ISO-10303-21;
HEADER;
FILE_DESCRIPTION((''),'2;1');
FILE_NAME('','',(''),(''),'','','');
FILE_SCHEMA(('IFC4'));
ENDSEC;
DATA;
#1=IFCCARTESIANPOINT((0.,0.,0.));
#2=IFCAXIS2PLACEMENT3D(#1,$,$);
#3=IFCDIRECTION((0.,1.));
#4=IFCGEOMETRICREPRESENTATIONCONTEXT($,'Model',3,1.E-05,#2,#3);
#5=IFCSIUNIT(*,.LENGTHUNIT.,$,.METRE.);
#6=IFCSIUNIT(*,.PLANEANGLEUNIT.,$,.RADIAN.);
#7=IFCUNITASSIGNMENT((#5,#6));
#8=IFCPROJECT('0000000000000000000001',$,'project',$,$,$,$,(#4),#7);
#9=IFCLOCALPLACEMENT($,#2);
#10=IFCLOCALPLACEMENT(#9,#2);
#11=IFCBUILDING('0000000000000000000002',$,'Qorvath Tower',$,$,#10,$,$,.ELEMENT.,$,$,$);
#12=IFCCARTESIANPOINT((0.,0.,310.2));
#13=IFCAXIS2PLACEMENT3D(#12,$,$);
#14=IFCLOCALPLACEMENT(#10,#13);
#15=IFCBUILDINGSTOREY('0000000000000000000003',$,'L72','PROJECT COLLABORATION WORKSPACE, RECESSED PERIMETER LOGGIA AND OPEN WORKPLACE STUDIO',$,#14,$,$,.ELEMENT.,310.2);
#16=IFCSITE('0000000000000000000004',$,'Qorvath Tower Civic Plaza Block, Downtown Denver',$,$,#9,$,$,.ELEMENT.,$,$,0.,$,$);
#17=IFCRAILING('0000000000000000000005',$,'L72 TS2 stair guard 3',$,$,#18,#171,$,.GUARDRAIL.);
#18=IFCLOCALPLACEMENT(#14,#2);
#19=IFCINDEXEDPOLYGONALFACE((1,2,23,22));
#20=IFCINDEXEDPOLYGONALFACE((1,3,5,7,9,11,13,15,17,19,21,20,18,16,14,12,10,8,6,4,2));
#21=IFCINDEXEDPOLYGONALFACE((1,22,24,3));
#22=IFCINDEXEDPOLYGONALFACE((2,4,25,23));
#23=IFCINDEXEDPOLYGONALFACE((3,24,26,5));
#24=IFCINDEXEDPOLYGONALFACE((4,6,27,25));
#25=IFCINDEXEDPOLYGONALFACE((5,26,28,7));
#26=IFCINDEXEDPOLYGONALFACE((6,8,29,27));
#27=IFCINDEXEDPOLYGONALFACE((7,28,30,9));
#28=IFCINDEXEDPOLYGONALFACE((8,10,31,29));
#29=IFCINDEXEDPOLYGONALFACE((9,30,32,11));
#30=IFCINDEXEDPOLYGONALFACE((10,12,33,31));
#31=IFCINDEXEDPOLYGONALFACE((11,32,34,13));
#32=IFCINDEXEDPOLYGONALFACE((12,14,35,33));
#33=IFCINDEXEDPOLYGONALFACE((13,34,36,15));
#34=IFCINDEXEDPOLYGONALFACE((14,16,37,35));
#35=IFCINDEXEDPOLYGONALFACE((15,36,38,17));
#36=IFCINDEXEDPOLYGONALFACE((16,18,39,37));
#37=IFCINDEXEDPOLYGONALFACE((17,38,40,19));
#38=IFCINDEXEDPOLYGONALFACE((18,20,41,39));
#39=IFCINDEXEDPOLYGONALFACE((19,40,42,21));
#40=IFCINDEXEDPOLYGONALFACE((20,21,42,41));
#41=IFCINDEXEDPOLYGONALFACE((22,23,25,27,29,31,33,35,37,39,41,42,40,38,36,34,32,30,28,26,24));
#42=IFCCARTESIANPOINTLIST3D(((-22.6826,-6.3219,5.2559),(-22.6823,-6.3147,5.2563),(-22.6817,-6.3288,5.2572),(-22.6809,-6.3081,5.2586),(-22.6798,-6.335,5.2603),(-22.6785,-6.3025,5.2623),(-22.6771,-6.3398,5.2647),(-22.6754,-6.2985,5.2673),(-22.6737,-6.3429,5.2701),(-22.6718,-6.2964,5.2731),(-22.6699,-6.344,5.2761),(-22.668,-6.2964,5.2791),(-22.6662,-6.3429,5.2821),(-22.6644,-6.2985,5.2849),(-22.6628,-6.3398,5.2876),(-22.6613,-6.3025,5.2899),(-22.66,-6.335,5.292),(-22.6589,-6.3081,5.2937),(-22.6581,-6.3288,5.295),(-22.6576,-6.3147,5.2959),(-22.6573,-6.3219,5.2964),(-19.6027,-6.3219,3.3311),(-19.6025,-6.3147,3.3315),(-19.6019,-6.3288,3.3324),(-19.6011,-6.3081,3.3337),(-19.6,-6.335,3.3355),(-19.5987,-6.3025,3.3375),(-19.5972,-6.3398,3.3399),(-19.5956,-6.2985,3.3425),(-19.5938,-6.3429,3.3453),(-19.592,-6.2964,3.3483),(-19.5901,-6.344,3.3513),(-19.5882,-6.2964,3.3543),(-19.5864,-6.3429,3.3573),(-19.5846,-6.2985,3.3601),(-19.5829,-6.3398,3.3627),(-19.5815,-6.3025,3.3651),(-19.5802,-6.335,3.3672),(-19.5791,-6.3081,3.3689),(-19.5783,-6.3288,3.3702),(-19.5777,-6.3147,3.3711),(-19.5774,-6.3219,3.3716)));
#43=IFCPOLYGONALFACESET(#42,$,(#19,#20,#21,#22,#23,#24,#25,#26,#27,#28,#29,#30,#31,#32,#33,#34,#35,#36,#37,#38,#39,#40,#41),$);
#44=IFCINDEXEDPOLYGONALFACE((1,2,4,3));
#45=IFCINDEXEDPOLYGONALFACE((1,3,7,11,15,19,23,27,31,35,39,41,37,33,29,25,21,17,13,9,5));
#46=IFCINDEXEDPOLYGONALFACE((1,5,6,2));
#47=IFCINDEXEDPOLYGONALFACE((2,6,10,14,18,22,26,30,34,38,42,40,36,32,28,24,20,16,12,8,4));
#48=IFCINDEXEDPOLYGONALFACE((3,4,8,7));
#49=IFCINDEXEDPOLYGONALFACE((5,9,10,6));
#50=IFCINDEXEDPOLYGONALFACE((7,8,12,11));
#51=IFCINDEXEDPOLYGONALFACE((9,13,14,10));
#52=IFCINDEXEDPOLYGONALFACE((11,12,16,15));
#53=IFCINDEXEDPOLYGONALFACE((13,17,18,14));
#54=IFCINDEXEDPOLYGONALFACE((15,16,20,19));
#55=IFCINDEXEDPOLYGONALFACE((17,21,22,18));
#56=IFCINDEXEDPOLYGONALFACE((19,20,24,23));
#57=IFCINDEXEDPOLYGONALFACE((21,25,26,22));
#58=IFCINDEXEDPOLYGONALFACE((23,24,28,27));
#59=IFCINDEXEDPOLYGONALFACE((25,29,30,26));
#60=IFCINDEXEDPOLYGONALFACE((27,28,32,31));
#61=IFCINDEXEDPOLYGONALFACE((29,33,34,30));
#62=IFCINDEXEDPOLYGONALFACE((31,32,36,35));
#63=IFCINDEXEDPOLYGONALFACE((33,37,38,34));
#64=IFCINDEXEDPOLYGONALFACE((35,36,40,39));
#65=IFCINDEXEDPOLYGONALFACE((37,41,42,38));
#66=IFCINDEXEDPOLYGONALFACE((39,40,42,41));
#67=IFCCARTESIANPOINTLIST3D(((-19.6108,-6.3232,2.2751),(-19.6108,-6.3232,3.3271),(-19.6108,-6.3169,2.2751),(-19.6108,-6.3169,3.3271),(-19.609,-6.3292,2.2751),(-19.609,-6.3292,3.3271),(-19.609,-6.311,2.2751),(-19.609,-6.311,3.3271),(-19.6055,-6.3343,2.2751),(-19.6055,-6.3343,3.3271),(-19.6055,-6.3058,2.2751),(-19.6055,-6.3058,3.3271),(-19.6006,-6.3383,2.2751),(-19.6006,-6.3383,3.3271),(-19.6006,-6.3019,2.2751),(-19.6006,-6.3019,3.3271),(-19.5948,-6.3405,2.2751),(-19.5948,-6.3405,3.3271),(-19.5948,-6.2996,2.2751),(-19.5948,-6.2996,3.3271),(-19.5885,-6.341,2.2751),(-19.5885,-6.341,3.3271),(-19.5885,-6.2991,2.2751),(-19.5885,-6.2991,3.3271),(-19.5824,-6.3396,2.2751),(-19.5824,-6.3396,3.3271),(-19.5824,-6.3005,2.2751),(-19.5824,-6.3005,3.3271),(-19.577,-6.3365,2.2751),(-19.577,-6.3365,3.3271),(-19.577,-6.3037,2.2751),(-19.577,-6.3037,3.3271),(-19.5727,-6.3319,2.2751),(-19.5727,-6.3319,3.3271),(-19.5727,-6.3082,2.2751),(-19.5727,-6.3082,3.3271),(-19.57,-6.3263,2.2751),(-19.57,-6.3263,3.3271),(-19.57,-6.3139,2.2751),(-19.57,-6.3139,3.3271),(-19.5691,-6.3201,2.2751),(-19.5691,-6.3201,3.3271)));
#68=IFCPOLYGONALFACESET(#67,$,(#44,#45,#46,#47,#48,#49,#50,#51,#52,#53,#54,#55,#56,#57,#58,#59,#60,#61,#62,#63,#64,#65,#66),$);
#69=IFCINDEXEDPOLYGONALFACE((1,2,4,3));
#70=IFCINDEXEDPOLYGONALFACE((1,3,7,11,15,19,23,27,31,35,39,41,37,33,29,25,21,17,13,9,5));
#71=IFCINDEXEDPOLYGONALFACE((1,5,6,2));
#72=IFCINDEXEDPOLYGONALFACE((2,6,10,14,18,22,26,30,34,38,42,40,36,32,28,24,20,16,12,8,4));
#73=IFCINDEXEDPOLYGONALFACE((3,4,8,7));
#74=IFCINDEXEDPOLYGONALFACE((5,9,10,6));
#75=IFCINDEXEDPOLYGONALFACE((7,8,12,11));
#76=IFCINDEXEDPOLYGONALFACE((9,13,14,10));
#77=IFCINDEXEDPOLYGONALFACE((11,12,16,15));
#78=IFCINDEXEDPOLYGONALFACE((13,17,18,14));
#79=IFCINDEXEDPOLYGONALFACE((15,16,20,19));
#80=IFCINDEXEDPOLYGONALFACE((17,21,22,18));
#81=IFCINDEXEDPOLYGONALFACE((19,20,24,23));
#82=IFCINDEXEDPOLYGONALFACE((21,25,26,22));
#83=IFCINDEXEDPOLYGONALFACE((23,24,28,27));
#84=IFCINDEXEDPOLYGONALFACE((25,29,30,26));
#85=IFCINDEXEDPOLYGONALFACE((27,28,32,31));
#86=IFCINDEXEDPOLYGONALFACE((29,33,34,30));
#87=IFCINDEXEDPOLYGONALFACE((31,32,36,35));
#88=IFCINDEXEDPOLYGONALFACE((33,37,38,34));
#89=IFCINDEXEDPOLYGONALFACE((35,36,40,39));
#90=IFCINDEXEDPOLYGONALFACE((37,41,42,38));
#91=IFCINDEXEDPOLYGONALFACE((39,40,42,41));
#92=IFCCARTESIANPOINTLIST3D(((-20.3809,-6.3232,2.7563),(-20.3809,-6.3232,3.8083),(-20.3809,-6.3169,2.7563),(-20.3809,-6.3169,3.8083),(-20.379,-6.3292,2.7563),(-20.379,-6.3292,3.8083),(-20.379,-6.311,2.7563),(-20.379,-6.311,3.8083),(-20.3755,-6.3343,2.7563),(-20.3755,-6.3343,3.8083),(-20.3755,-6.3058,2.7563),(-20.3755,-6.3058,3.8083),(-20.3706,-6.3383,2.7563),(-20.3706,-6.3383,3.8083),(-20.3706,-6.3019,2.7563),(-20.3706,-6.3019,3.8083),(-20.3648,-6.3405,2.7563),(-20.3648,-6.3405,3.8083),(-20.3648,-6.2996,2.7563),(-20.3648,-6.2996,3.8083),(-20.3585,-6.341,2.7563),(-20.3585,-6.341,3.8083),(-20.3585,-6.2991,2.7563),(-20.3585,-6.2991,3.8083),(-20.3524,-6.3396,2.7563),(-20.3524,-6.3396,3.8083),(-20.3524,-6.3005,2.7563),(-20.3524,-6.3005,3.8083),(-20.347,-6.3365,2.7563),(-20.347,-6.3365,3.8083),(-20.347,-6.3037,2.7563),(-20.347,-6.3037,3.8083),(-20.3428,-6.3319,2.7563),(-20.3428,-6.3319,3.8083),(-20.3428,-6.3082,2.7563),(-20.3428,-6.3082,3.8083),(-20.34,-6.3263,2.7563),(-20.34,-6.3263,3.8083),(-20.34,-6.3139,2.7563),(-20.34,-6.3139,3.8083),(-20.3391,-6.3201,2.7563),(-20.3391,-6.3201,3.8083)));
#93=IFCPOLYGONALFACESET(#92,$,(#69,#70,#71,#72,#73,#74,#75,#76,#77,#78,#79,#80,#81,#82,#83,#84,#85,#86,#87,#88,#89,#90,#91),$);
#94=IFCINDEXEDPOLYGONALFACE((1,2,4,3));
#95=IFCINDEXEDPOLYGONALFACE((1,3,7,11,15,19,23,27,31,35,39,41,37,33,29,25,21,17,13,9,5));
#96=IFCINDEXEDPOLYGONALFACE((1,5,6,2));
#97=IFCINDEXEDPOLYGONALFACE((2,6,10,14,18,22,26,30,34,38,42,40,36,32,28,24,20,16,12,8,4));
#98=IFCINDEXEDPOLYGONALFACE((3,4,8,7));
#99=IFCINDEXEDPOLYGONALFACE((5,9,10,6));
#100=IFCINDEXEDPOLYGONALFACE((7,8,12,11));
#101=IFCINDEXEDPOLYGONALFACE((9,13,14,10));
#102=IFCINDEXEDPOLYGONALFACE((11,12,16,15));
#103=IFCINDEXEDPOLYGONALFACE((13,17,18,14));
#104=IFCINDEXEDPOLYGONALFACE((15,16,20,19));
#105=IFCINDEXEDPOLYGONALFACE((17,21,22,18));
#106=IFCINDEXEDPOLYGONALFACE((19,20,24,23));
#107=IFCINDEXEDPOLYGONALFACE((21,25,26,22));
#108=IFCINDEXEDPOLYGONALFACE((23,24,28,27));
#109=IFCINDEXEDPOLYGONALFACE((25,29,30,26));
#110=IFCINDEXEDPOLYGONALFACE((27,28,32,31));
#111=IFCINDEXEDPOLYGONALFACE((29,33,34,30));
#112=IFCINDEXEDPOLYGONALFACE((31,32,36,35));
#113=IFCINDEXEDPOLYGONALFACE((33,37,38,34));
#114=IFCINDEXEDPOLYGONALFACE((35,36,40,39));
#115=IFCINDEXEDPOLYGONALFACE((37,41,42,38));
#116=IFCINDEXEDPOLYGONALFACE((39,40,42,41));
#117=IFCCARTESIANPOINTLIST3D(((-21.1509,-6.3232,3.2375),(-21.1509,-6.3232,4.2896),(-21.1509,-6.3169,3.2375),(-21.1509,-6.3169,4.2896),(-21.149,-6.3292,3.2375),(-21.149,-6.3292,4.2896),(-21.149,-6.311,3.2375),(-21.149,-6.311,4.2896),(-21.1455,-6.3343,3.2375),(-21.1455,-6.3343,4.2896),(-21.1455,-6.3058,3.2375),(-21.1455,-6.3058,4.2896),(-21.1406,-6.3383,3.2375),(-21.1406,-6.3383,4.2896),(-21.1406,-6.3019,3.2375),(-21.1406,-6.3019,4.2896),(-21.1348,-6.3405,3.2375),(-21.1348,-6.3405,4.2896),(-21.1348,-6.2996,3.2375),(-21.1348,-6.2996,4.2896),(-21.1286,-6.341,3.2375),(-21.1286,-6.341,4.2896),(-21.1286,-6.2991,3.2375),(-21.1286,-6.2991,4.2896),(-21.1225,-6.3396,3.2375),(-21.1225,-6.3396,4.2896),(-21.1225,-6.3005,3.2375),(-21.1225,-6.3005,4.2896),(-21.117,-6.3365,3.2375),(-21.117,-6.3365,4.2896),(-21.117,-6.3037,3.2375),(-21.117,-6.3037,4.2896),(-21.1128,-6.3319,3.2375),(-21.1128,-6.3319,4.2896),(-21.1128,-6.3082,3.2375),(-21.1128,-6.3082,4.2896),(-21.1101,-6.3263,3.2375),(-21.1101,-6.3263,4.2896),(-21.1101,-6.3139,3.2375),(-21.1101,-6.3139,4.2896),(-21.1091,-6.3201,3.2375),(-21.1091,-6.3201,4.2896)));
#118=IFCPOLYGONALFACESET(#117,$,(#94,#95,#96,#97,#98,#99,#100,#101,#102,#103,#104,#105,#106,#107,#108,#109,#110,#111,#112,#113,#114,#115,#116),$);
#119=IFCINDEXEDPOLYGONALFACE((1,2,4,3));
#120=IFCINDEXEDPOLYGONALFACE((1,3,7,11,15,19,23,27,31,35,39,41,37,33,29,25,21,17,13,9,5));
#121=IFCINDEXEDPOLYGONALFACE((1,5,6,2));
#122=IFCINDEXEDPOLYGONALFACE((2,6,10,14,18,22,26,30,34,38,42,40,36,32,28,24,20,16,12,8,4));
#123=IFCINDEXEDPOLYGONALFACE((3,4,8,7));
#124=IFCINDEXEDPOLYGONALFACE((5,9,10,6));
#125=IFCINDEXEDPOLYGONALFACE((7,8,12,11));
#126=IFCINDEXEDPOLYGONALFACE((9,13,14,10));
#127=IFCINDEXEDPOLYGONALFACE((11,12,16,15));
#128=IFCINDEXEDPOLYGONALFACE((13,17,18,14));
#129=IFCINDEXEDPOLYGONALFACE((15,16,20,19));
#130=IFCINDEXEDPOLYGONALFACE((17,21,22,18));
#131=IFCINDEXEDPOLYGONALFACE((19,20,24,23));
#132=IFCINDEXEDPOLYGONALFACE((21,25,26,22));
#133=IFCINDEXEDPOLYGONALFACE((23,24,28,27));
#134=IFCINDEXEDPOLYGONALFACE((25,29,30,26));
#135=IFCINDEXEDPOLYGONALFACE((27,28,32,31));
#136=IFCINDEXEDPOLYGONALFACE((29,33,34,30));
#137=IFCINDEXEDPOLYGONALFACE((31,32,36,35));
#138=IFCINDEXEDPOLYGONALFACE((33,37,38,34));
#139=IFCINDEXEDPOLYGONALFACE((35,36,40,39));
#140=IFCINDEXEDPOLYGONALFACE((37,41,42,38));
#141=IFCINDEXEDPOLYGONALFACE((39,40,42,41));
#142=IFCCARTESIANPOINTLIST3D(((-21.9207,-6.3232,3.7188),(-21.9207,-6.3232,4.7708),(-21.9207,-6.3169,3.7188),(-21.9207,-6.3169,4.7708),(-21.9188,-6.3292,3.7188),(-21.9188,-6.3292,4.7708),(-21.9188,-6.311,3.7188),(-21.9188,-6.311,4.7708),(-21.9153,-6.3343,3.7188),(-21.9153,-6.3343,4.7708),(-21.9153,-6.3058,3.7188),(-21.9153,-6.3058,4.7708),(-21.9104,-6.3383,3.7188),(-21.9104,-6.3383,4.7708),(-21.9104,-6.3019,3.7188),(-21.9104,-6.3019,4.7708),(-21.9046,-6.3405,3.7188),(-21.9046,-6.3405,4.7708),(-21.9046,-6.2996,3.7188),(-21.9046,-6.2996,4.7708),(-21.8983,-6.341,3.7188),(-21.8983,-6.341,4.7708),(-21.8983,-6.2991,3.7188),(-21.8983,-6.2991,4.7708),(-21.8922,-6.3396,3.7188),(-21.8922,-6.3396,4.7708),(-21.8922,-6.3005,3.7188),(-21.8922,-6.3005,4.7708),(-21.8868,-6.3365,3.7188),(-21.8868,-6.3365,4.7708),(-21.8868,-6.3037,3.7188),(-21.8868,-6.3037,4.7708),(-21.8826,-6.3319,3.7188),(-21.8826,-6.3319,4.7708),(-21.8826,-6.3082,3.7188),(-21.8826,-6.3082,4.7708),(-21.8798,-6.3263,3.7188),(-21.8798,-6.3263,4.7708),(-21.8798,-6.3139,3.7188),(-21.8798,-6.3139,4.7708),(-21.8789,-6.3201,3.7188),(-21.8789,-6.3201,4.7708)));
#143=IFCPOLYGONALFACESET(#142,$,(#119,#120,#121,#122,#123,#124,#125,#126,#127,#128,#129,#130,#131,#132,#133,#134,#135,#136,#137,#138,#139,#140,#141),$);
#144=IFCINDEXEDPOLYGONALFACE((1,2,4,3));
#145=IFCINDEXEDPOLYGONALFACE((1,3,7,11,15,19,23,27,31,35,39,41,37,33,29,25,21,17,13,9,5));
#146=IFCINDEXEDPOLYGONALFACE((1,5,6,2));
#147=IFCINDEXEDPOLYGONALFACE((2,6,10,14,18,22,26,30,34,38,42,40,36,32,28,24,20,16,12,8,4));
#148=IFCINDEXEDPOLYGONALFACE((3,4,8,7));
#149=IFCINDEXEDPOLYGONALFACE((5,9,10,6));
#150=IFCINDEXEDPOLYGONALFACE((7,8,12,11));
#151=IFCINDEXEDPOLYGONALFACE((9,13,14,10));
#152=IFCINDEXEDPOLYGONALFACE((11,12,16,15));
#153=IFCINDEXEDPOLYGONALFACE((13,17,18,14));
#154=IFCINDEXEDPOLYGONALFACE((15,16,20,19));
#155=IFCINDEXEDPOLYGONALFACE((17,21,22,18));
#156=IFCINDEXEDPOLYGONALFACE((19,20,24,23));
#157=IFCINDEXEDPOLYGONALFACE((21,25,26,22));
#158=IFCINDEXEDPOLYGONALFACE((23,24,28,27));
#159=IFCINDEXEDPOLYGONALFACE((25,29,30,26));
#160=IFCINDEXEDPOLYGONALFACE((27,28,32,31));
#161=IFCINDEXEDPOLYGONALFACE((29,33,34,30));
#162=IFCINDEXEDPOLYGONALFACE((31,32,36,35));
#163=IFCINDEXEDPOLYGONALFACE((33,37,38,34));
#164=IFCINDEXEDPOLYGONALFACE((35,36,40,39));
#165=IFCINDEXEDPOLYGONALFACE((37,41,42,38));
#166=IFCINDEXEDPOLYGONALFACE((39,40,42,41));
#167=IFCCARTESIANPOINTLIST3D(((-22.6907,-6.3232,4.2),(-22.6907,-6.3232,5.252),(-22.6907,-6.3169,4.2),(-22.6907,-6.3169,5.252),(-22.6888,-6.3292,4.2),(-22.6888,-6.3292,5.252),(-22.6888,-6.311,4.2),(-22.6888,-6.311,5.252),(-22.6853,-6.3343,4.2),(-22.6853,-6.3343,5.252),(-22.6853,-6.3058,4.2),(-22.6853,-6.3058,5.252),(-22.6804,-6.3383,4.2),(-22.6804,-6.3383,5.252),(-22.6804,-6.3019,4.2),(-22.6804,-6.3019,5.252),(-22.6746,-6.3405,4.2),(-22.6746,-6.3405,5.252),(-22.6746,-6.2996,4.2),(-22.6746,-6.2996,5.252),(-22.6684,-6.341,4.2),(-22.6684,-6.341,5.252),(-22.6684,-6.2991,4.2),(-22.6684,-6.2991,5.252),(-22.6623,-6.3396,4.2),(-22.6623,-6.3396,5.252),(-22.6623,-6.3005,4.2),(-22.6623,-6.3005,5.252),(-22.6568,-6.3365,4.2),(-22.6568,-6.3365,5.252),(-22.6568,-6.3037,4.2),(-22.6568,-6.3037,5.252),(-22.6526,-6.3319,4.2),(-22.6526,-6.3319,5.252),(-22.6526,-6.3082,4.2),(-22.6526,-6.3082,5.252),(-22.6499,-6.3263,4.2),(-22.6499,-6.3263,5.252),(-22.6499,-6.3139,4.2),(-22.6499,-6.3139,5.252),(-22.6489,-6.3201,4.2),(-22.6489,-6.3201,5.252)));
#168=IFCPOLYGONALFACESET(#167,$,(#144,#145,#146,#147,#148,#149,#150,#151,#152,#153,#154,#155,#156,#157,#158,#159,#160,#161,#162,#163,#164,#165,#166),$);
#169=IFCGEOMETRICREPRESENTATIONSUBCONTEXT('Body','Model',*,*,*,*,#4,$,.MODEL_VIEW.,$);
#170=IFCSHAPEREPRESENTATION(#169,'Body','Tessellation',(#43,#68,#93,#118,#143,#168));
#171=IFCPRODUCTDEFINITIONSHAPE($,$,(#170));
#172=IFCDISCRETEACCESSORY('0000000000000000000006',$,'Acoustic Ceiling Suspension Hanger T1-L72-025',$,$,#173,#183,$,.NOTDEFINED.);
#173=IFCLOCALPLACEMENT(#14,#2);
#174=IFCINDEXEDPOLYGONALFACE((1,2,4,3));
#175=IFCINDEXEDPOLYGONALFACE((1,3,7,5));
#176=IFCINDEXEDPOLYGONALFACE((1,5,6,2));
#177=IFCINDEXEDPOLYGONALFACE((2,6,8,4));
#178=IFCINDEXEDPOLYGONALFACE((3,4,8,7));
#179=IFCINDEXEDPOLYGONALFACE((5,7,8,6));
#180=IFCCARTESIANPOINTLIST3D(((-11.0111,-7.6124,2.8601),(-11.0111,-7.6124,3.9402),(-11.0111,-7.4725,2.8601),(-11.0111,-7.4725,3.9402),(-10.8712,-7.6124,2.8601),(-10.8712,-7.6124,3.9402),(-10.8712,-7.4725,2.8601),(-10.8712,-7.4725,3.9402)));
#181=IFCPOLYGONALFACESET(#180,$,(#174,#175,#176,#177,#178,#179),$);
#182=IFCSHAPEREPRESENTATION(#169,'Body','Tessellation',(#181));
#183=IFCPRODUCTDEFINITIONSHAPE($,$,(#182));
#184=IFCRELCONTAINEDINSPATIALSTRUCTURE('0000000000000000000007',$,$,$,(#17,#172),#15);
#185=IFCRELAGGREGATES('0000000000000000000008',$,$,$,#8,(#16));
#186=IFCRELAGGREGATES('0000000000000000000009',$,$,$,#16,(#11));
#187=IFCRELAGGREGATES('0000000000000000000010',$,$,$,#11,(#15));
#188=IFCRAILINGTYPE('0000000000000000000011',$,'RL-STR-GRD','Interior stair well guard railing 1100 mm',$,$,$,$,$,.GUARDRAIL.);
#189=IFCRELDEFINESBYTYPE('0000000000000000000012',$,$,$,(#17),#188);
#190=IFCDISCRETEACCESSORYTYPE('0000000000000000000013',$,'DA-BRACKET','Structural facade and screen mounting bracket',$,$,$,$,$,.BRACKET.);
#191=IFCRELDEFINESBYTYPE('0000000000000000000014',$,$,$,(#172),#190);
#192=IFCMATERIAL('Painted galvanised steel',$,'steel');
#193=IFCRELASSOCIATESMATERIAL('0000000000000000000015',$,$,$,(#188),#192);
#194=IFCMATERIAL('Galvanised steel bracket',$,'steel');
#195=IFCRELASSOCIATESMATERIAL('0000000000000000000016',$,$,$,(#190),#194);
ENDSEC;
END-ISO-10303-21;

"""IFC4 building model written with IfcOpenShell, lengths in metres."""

from ifc_helpers import new_model, si_unit, direction, frame, origin, origin_2d, place, context, subcontext, project, spatial, rectangle, circle, extrude, material, type_object, element, save


model = new_model("IFC4")

# Units and contexts
model_context = context("Model", 3, precision=1e-05, world=origin(), true_north=direction((0.0, 1.0)))
body_context = subcontext(model_context, "Body", "Model", "MODEL_VIEW")
ifc_project = project(units=[si_unit("LENGTHUNIT", "METRE"), si_unit("PLANEANGLEUNIT", "RADIAN")], contexts=[model_context])

# Site, building, storey
site_placement = place(None, origin())
site = spatial("IfcSite", under=ifc_project, at=site_placement, Name="Qorvath Tower Civic Plaza Block, Downtown Denver", CompositionType="ELEMENT", RefElevation=0.0)
building_placement = place(site_placement, origin())
building = spatial("IfcBuilding", under=site, at=building_placement, Name="Qorvath Tower", CompositionType="ELEMENT")
storey_placement = place(building_placement, frame((0.0, 0.0, 310.2)))
storey = spatial("IfcBuildingStorey", under=building, at=storey_placement, Name="L72", Description="PROJECT COLLABORATION WORKSPACE, RECESSED PERIMETER LOGGIA AND OPEN WORKPLACE STUDIO", CompositionType="ELEMENT", Elevation=310.2)

# Railing
ifc_material_1 = material(Name="Painted galvanised steel", Category="steel")
railing_type = type_object("IfcRailingType", Name="RL-STR-GRD", Description="Interior stair well guard railing 1100 mm", PredefinedType="GUARDRAIL", material=ifc_material_1)
railing_1_placement = place(storey_placement, frame((-19.5901, -6.3201, 2.2751)))
element("IfcRailing", 1, at=railing_1_placement, inside=storey, type_object=railing_type, Name="L72 TS2 stair guard 3", PredefinedType="GUARDRAIL", context=body_context, shape_type="SweptSolid", body=[
    extrude(circle(Radius=0.0239, at=origin_2d()), frame((0.0, 0.0, 1.0762), z_axis=(-0.84801, 0.0, 0.529981), x_axis=(0.0, -1.0, 0.0)), (0.0, 0.0, 1.0), 3.6318),
    extrude(circle(Radius=0.021, at=origin_2d()), origin(), (0.0, 0.0, 1.0), 1.052),
    extrude(circle(Radius=0.021, at=origin_2d()), frame((-0.77, 0.0, 0.4812)), (0.0, 0.0, 1.0), 1.052),
    extrude(circle(Radius=0.021, at=origin_2d()), frame((-1.54, 0.0, 0.9624)), (0.0, 0.0, 1.0), 1.052),
    extrude(circle(Radius=0.021, at=origin_2d()), frame((-2.3098, 0.0, 1.4436)), (0.0, 0.0, 1.0), 1.052),
    extrude(circle(Radius=0.021, at=origin_2d()), frame((-3.0798, 0.0, 1.9248)), (0.0, 0.0, 1.0), 1.052),
])

# Discrete accessory
ifc_material_2 = material(Name="Galvanised steel bracket", Category="steel")
discrete_accessory_type = type_object("IfcDiscreteAccessoryType", Name="DA-BRACKET", Description="Structural facade and screen mounting bracket", PredefinedType="BRACKET", material=ifc_material_2)
discrete_accessory_placement = place(storey_placement, frame((-10.9412, -7.5425, 2.8601), z_axis=(0.0, 0.0, 1.0), x_axis=(1.0, 0.0, 0.0)))
element("IfcDiscreteAccessory", 2, at=discrete_accessory_placement, inside=storey, type_object=discrete_accessory_type, Name="Acoustic Ceiling Suspension Hanger T1-L72-025", PredefinedType="NOTDEFINED", context=body_context, shape_type="SweptSolid", body=[
    extrude(rectangle(XDim=0.1399, YDim=0.1399, at=origin_2d()), origin(), (0.0, 0.0, 1.0), 1.0801),
])

save(model, "model.ifc")
